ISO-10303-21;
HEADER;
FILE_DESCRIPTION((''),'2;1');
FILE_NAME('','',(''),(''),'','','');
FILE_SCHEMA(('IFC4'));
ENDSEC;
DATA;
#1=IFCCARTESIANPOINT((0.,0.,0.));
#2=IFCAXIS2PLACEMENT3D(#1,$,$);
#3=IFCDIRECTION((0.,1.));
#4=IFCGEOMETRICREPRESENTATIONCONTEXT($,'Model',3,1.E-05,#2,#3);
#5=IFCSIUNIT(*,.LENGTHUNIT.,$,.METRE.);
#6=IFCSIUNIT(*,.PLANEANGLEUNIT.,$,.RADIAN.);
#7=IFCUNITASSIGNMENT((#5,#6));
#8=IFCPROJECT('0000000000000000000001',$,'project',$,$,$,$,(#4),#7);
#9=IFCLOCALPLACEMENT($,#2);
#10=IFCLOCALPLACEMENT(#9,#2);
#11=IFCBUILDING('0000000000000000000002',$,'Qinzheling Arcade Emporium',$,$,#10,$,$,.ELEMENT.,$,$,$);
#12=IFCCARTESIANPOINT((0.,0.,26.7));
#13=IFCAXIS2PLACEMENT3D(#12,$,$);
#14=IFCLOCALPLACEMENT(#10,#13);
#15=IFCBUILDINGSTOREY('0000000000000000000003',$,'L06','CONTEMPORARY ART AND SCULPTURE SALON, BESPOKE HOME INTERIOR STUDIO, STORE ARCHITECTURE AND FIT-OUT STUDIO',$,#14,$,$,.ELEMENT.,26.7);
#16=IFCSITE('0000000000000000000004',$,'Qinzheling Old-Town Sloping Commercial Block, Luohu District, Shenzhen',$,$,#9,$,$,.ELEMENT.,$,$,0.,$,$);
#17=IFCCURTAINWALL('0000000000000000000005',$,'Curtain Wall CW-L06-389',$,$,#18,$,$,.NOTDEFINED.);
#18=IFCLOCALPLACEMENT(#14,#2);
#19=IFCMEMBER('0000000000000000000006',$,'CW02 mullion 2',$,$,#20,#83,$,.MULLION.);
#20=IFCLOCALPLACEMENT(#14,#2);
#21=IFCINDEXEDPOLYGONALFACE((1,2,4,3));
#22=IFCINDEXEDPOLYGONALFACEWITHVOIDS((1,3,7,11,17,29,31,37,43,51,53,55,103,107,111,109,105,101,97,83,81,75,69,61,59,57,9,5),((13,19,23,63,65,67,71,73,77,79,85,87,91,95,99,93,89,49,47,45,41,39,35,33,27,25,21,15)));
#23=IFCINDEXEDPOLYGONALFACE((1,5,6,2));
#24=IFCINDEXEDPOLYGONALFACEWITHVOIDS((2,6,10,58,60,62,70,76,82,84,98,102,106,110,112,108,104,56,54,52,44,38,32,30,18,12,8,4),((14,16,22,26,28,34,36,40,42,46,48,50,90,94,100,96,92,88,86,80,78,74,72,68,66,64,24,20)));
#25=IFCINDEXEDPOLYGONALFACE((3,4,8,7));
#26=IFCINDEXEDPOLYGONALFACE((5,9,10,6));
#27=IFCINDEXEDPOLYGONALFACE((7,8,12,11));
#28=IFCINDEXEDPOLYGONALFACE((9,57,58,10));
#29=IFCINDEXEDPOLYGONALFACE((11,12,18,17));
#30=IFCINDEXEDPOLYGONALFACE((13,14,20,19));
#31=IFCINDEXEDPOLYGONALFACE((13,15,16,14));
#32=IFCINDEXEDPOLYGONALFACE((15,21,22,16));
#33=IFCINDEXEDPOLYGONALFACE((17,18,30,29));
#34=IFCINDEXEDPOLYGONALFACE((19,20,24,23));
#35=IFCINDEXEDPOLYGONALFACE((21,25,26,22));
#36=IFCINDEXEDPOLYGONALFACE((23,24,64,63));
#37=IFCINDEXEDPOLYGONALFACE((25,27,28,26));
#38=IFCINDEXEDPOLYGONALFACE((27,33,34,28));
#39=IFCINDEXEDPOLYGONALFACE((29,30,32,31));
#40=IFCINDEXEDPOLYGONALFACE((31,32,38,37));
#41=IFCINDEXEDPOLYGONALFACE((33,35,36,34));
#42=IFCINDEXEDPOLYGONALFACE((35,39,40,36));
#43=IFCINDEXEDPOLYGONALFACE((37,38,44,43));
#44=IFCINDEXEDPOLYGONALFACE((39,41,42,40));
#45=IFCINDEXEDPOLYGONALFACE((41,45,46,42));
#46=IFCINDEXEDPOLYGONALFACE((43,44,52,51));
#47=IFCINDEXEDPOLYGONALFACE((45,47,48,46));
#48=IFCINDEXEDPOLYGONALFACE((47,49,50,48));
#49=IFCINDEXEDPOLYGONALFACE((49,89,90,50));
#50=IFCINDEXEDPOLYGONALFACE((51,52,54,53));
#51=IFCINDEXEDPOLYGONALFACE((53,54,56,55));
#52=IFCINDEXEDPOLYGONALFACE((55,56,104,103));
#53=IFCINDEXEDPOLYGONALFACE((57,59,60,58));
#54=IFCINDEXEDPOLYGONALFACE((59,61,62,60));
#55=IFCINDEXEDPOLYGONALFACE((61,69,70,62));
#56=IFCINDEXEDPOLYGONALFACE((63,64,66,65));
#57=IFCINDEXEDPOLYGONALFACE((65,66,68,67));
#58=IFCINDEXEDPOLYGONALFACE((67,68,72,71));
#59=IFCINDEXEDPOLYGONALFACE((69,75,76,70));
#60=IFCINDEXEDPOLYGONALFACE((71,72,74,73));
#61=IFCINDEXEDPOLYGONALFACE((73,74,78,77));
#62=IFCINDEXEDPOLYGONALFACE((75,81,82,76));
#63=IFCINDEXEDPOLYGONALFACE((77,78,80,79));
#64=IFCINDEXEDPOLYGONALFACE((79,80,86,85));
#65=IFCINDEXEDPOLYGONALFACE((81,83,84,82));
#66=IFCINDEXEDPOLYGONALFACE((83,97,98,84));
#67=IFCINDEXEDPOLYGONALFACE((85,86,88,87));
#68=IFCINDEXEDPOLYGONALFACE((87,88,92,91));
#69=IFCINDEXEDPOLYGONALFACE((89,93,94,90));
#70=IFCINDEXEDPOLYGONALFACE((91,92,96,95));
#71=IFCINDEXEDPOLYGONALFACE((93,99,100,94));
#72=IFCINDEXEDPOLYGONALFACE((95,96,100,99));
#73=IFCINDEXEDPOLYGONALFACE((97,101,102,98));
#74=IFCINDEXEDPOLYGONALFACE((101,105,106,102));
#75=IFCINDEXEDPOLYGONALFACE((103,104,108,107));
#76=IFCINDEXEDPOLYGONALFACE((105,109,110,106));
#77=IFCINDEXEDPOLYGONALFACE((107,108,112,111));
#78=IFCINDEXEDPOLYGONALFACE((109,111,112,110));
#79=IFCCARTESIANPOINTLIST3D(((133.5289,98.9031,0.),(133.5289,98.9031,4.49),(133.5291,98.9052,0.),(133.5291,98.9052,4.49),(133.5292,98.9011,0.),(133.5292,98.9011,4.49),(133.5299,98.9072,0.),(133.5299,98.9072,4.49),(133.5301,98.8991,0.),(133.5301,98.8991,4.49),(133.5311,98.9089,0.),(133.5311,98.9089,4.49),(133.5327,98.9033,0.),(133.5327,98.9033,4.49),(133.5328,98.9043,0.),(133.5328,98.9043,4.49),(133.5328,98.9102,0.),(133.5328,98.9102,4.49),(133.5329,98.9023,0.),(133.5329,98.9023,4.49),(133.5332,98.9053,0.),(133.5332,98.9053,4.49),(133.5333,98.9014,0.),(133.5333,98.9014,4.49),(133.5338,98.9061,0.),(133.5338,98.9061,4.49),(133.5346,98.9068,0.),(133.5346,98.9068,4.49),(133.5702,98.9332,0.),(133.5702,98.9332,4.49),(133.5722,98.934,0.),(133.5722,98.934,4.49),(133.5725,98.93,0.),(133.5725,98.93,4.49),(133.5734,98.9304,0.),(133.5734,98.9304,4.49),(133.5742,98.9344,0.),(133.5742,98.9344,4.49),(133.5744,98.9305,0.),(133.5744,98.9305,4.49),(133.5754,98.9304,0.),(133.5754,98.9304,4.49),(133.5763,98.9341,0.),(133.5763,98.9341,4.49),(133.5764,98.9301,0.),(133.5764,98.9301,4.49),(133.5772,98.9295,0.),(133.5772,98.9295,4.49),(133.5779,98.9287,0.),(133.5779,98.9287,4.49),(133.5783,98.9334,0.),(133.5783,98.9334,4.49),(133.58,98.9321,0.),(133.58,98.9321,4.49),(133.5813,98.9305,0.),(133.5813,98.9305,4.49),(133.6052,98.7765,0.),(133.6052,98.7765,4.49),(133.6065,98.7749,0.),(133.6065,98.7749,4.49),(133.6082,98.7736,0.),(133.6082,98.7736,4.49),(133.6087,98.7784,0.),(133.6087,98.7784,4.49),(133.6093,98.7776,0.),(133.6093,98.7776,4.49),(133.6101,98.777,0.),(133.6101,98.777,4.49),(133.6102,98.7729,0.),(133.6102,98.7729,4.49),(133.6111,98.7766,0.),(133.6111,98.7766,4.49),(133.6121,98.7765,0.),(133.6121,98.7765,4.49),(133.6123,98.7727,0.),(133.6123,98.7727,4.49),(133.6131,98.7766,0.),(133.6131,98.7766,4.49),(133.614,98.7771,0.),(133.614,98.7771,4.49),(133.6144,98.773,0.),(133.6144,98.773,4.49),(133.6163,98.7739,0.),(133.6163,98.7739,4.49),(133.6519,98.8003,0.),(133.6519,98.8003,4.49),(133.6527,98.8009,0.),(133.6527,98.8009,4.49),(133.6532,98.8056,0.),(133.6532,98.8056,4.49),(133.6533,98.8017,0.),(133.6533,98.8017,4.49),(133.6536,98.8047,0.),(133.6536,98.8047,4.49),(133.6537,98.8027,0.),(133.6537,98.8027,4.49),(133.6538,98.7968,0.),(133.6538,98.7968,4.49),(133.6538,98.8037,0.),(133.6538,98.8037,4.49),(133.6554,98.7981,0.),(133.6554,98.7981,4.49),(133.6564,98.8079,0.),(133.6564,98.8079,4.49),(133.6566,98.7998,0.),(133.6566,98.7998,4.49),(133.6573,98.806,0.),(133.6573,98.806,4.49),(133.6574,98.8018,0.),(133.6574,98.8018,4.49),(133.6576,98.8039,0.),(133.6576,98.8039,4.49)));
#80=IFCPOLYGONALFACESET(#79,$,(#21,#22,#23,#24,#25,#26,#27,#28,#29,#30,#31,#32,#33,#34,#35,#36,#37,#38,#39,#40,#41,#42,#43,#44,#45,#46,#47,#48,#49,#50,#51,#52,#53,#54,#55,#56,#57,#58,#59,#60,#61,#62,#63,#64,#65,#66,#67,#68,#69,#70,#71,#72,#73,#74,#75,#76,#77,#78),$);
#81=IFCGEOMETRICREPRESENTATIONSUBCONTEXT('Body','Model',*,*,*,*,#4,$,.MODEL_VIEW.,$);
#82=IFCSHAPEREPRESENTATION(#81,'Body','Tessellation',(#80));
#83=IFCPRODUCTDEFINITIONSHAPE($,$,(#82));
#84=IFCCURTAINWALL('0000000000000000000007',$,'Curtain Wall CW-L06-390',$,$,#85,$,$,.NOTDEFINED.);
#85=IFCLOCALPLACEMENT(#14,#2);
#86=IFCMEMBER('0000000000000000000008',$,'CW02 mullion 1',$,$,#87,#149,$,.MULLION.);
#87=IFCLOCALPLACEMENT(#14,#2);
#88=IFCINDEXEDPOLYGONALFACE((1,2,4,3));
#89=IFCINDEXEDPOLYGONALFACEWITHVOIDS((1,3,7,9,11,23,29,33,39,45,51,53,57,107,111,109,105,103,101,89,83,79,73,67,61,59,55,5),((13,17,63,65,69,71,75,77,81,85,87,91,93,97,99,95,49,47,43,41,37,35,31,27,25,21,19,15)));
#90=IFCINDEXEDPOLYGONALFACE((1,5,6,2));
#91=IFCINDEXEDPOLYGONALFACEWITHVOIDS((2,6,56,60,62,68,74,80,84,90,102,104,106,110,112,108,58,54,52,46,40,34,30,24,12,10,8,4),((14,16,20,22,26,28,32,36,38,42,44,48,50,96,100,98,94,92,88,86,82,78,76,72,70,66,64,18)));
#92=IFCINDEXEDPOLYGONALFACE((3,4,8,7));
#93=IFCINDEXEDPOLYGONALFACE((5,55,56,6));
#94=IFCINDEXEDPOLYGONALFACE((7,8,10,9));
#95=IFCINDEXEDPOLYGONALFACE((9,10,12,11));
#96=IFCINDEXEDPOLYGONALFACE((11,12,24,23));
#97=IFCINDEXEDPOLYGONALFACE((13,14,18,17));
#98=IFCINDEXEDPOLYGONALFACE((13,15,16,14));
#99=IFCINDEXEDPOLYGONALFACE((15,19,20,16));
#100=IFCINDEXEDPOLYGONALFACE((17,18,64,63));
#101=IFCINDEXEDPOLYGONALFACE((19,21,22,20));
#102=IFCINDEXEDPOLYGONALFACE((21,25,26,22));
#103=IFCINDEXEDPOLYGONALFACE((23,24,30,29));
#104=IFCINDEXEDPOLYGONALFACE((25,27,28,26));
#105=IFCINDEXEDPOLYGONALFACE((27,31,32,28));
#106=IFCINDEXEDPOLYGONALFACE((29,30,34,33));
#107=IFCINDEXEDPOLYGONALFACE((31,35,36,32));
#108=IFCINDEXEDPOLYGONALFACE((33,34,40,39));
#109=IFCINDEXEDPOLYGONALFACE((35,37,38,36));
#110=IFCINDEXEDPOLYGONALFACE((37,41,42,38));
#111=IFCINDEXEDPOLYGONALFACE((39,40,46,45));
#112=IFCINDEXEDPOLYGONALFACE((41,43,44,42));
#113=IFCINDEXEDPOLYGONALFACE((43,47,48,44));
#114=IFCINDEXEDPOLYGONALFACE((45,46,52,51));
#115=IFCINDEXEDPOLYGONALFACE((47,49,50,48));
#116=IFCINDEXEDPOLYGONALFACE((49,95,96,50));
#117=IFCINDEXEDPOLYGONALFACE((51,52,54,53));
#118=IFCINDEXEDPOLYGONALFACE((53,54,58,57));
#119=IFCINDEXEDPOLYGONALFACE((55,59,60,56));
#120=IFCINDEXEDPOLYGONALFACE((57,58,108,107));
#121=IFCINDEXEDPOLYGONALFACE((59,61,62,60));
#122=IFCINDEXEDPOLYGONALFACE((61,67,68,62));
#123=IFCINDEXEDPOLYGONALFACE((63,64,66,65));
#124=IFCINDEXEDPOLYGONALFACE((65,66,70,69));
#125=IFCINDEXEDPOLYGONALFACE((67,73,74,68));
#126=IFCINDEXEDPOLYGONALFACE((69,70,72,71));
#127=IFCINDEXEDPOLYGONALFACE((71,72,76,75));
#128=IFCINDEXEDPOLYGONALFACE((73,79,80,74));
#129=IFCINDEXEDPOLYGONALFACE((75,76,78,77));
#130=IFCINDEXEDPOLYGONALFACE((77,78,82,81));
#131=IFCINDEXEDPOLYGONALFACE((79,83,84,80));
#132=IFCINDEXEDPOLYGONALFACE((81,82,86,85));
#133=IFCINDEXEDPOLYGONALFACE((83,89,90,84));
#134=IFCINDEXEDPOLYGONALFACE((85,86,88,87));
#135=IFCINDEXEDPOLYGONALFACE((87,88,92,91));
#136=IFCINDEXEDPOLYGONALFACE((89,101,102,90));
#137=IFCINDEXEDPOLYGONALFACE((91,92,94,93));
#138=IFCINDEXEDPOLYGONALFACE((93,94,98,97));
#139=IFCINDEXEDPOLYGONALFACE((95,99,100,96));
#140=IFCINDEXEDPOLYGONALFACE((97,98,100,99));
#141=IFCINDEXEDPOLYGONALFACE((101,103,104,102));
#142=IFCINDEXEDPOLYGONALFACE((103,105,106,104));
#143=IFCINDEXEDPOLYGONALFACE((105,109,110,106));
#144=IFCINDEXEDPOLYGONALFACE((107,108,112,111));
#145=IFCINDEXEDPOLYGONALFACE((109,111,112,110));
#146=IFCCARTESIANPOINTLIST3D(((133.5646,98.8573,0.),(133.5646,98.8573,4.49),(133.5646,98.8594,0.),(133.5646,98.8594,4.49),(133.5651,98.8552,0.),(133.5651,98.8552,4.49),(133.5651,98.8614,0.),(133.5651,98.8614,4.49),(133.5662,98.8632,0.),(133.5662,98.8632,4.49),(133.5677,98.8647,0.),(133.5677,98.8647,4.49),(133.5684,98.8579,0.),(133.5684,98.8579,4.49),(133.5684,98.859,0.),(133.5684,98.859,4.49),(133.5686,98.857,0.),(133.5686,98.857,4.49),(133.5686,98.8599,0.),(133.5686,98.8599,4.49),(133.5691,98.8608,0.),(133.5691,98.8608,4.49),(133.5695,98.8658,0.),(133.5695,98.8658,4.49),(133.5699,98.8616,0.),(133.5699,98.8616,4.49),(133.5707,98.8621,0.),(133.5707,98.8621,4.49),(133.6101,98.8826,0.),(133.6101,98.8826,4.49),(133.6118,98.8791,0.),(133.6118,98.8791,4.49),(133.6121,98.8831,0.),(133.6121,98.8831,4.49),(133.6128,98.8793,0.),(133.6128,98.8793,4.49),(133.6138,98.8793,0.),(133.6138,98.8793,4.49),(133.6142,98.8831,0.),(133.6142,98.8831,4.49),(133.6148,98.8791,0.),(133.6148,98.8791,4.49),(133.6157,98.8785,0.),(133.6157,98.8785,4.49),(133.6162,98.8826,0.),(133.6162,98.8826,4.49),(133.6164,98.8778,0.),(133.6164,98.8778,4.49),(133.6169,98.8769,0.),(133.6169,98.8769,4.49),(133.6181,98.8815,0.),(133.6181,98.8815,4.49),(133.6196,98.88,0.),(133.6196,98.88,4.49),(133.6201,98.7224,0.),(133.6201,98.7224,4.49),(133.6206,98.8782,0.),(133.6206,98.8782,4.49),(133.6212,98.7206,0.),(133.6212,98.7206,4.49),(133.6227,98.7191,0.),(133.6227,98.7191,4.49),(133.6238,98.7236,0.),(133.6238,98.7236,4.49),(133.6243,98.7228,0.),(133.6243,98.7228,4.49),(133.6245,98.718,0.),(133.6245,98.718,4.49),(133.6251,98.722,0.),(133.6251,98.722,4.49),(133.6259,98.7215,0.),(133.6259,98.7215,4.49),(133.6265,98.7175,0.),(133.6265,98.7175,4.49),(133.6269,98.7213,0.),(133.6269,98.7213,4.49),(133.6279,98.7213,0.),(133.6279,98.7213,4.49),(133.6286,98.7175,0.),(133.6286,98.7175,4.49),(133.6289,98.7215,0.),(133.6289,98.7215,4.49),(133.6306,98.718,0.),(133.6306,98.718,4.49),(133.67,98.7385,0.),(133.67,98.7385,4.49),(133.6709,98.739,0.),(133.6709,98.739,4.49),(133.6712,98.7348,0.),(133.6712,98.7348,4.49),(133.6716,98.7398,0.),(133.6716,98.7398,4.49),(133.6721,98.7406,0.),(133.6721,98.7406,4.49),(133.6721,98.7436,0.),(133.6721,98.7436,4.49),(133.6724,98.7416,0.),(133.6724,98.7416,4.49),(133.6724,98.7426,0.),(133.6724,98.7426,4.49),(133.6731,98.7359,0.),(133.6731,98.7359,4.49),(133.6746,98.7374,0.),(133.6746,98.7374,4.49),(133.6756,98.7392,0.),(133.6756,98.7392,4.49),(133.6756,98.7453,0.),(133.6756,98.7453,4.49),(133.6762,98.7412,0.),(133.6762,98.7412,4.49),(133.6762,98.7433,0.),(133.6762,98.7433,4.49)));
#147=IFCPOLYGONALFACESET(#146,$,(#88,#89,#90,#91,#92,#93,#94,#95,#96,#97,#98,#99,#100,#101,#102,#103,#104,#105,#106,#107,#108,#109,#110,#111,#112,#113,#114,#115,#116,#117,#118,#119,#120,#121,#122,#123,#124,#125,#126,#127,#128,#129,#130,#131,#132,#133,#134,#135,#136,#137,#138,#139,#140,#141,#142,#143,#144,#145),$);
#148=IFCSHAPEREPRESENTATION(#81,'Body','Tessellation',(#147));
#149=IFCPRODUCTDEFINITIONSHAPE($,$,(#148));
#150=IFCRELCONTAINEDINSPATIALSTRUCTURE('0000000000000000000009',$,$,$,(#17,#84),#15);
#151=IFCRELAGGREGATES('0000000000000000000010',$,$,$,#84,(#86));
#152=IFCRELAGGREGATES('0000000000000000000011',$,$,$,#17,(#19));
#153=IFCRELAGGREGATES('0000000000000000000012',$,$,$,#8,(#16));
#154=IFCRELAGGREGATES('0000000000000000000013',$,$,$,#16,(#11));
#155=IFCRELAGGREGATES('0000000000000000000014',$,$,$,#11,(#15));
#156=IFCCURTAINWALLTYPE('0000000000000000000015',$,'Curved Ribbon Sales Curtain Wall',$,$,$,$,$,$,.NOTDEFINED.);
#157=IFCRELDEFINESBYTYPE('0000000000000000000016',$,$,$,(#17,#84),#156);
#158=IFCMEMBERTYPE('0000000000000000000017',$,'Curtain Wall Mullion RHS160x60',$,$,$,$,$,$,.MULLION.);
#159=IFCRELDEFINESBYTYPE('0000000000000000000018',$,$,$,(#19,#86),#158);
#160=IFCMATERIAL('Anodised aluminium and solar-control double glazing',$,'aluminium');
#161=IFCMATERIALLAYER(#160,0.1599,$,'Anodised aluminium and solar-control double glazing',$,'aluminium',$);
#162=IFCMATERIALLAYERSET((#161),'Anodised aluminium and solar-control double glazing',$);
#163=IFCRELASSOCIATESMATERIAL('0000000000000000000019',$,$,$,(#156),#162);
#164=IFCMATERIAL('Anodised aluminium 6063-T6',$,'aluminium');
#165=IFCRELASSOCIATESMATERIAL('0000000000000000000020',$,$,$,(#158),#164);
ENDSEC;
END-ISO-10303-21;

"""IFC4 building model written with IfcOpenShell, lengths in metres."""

from ifc_helpers import new_model, si_unit, direction, frame, origin, origin_2d, place, context, subcontext, project, spatial, hollow_rectangle, extrude, material, layer, layer_set, material_profile, profile_set, type_object, element, aggregate, save


model = new_model("IFC4")

# Units and contexts
model_context = context("Model", 3, precision=1e-05, world=origin(), true_north=direction((0.0, 1.0)))
body_context = subcontext(model_context, "Body", "Model", "MODEL_VIEW")
ifc_project = project(units=[si_unit("LENGTHUNIT", "METRE"), si_unit("PLANEANGLEUNIT", "RADIAN")], contexts=[model_context])

# Site, building, storey
site_placement = place(None, origin())
site = spatial("IfcSite", under=ifc_project, at=site_placement, Name="Qinzheling Old-Town Sloping Commercial Block, Luohu District, Shenzhen", CompositionType="ELEMENT", RefElevation=0.0)
building_placement = place(site_placement, origin())
building = spatial("IfcBuilding", under=site, at=building_placement, Name="Qinzheling Arcade Emporium", CompositionType="ELEMENT")
storey_placement = place(building_placement, frame((0.0, 0.0, 26.7)))
storey = spatial("IfcBuildingStorey", under=building, at=storey_placement, Name="L06", Description="CONTEMPORARY ART AND SCULPTURE SALON, BESPOKE HOME INTERIOR STUDIO, STORE ARCHITECTURE AND FIT-OUT STUDIO", CompositionType="ELEMENT", Elevation=26.7)

# Shared definitions
ifc_material_1 = material(Name="Anodised aluminium and solar-control double glazing", Category="aluminium")
ifc_layer_1 = layer(ifc_material_1, 0.1599, Name="Anodised aluminium and solar-control double glazing", Category="aluminium")
ifc_layer_set_1 = layer_set([ifc_layer_1], Name="Anodised aluminium and solar-control double glazing")
curtain_wall_type = type_object("IfcCurtainWallType", Name="Curved Ribbon Sales Curtain Wall", PredefinedType="NOTDEFINED", material=ifc_layer_set_1)
ifc_material_2 = material(Name="Anodised aluminium 6063-T6", Category="aluminium")
ifc_material_profile_1 = material_profile(ifc_material_2, hollow_rectangle(XDim=0.0601, YDim=0.1599, WallThickness=0.0039, InnerFilletRadius=0.0039, OuterFilletRadius=0.0081, at=origin_2d()), Name="RHS 160x60x4", Category="aluminium")
ifc_profile_set_1 = profile_set([ifc_material_profile_1], Name="Anodised aluminium 6063-T6")
member_type_1 = type_object("IfcMemberType", Name="Curtain Wall Mullion RHS160x60", PredefinedType="MULLION", material=ifc_profile_set_1)

# Curtain wall, member
curtain_wall_1_placement = place(storey_placement, origin())
curtain_wall_1 = element("IfcCurtainWall", 1, at=curtain_wall_1_placement, inside=storey, type_object=curtain_wall_type, Name="Curtain Wall CW-L06-389", PredefinedType="NOTDEFINED")
member_1_placement = place(storey_placement, frame((133.5933, 98.8535, 0.0), z_axis=(0.0, 0.0, 1.0), x_axis=(0.85272, 0.522368, 0.0)))
member_1 = element("IfcMember", 2, at=member_1_placement, type_object=member_type_1, Name="CW02 mullion 2", PredefinedType="MULLION", context=body_context, shape_type="SweptSolid", body=[
    extrude(hollow_rectangle(XDim=0.0601, YDim=0.1599, WallThickness=0.0039, InnerFilletRadius=0.0039, OuterFilletRadius=0.0081, at=origin_2d()), origin(), (0.0, 0.0, 1.0), 4.49),
])

# Curtain wall, member
curtain_wall_2_placement = place(storey_placement, origin())
curtain_wall_2 = element("IfcCurtainWall", 3, at=curtain_wall_2_placement, inside=storey, type_object=curtain_wall_type, Name="Curtain Wall CW-L06-390", PredefinedType="NOTDEFINED")
member_2_placement = place(storey_placement, frame((133.6204, 98.8003, 0.0), z_axis=(0.0, 0.0, 1.0), x_axis=(0.923953, 0.382506, 0.0)))
member_2 = element("IfcMember", 4, at=member_2_placement, type_object=member_type_1, Name="CW02 mullion 1", PredefinedType="MULLION", context=body_context, shape_type="SweptSolid", body=[
    extrude(hollow_rectangle(XDim=0.0601, YDim=0.1599, WallThickness=0.0039, InnerFilletRadius=0.0039, OuterFilletRadius=0.0081, at=origin_2d()), origin(), (0.0, 0.0, 1.0), 4.49),
])

aggregate(curtain_wall_2, [member_2])

aggregate(curtain_wall_1, [member_1])

save(model, "model.ifc")
